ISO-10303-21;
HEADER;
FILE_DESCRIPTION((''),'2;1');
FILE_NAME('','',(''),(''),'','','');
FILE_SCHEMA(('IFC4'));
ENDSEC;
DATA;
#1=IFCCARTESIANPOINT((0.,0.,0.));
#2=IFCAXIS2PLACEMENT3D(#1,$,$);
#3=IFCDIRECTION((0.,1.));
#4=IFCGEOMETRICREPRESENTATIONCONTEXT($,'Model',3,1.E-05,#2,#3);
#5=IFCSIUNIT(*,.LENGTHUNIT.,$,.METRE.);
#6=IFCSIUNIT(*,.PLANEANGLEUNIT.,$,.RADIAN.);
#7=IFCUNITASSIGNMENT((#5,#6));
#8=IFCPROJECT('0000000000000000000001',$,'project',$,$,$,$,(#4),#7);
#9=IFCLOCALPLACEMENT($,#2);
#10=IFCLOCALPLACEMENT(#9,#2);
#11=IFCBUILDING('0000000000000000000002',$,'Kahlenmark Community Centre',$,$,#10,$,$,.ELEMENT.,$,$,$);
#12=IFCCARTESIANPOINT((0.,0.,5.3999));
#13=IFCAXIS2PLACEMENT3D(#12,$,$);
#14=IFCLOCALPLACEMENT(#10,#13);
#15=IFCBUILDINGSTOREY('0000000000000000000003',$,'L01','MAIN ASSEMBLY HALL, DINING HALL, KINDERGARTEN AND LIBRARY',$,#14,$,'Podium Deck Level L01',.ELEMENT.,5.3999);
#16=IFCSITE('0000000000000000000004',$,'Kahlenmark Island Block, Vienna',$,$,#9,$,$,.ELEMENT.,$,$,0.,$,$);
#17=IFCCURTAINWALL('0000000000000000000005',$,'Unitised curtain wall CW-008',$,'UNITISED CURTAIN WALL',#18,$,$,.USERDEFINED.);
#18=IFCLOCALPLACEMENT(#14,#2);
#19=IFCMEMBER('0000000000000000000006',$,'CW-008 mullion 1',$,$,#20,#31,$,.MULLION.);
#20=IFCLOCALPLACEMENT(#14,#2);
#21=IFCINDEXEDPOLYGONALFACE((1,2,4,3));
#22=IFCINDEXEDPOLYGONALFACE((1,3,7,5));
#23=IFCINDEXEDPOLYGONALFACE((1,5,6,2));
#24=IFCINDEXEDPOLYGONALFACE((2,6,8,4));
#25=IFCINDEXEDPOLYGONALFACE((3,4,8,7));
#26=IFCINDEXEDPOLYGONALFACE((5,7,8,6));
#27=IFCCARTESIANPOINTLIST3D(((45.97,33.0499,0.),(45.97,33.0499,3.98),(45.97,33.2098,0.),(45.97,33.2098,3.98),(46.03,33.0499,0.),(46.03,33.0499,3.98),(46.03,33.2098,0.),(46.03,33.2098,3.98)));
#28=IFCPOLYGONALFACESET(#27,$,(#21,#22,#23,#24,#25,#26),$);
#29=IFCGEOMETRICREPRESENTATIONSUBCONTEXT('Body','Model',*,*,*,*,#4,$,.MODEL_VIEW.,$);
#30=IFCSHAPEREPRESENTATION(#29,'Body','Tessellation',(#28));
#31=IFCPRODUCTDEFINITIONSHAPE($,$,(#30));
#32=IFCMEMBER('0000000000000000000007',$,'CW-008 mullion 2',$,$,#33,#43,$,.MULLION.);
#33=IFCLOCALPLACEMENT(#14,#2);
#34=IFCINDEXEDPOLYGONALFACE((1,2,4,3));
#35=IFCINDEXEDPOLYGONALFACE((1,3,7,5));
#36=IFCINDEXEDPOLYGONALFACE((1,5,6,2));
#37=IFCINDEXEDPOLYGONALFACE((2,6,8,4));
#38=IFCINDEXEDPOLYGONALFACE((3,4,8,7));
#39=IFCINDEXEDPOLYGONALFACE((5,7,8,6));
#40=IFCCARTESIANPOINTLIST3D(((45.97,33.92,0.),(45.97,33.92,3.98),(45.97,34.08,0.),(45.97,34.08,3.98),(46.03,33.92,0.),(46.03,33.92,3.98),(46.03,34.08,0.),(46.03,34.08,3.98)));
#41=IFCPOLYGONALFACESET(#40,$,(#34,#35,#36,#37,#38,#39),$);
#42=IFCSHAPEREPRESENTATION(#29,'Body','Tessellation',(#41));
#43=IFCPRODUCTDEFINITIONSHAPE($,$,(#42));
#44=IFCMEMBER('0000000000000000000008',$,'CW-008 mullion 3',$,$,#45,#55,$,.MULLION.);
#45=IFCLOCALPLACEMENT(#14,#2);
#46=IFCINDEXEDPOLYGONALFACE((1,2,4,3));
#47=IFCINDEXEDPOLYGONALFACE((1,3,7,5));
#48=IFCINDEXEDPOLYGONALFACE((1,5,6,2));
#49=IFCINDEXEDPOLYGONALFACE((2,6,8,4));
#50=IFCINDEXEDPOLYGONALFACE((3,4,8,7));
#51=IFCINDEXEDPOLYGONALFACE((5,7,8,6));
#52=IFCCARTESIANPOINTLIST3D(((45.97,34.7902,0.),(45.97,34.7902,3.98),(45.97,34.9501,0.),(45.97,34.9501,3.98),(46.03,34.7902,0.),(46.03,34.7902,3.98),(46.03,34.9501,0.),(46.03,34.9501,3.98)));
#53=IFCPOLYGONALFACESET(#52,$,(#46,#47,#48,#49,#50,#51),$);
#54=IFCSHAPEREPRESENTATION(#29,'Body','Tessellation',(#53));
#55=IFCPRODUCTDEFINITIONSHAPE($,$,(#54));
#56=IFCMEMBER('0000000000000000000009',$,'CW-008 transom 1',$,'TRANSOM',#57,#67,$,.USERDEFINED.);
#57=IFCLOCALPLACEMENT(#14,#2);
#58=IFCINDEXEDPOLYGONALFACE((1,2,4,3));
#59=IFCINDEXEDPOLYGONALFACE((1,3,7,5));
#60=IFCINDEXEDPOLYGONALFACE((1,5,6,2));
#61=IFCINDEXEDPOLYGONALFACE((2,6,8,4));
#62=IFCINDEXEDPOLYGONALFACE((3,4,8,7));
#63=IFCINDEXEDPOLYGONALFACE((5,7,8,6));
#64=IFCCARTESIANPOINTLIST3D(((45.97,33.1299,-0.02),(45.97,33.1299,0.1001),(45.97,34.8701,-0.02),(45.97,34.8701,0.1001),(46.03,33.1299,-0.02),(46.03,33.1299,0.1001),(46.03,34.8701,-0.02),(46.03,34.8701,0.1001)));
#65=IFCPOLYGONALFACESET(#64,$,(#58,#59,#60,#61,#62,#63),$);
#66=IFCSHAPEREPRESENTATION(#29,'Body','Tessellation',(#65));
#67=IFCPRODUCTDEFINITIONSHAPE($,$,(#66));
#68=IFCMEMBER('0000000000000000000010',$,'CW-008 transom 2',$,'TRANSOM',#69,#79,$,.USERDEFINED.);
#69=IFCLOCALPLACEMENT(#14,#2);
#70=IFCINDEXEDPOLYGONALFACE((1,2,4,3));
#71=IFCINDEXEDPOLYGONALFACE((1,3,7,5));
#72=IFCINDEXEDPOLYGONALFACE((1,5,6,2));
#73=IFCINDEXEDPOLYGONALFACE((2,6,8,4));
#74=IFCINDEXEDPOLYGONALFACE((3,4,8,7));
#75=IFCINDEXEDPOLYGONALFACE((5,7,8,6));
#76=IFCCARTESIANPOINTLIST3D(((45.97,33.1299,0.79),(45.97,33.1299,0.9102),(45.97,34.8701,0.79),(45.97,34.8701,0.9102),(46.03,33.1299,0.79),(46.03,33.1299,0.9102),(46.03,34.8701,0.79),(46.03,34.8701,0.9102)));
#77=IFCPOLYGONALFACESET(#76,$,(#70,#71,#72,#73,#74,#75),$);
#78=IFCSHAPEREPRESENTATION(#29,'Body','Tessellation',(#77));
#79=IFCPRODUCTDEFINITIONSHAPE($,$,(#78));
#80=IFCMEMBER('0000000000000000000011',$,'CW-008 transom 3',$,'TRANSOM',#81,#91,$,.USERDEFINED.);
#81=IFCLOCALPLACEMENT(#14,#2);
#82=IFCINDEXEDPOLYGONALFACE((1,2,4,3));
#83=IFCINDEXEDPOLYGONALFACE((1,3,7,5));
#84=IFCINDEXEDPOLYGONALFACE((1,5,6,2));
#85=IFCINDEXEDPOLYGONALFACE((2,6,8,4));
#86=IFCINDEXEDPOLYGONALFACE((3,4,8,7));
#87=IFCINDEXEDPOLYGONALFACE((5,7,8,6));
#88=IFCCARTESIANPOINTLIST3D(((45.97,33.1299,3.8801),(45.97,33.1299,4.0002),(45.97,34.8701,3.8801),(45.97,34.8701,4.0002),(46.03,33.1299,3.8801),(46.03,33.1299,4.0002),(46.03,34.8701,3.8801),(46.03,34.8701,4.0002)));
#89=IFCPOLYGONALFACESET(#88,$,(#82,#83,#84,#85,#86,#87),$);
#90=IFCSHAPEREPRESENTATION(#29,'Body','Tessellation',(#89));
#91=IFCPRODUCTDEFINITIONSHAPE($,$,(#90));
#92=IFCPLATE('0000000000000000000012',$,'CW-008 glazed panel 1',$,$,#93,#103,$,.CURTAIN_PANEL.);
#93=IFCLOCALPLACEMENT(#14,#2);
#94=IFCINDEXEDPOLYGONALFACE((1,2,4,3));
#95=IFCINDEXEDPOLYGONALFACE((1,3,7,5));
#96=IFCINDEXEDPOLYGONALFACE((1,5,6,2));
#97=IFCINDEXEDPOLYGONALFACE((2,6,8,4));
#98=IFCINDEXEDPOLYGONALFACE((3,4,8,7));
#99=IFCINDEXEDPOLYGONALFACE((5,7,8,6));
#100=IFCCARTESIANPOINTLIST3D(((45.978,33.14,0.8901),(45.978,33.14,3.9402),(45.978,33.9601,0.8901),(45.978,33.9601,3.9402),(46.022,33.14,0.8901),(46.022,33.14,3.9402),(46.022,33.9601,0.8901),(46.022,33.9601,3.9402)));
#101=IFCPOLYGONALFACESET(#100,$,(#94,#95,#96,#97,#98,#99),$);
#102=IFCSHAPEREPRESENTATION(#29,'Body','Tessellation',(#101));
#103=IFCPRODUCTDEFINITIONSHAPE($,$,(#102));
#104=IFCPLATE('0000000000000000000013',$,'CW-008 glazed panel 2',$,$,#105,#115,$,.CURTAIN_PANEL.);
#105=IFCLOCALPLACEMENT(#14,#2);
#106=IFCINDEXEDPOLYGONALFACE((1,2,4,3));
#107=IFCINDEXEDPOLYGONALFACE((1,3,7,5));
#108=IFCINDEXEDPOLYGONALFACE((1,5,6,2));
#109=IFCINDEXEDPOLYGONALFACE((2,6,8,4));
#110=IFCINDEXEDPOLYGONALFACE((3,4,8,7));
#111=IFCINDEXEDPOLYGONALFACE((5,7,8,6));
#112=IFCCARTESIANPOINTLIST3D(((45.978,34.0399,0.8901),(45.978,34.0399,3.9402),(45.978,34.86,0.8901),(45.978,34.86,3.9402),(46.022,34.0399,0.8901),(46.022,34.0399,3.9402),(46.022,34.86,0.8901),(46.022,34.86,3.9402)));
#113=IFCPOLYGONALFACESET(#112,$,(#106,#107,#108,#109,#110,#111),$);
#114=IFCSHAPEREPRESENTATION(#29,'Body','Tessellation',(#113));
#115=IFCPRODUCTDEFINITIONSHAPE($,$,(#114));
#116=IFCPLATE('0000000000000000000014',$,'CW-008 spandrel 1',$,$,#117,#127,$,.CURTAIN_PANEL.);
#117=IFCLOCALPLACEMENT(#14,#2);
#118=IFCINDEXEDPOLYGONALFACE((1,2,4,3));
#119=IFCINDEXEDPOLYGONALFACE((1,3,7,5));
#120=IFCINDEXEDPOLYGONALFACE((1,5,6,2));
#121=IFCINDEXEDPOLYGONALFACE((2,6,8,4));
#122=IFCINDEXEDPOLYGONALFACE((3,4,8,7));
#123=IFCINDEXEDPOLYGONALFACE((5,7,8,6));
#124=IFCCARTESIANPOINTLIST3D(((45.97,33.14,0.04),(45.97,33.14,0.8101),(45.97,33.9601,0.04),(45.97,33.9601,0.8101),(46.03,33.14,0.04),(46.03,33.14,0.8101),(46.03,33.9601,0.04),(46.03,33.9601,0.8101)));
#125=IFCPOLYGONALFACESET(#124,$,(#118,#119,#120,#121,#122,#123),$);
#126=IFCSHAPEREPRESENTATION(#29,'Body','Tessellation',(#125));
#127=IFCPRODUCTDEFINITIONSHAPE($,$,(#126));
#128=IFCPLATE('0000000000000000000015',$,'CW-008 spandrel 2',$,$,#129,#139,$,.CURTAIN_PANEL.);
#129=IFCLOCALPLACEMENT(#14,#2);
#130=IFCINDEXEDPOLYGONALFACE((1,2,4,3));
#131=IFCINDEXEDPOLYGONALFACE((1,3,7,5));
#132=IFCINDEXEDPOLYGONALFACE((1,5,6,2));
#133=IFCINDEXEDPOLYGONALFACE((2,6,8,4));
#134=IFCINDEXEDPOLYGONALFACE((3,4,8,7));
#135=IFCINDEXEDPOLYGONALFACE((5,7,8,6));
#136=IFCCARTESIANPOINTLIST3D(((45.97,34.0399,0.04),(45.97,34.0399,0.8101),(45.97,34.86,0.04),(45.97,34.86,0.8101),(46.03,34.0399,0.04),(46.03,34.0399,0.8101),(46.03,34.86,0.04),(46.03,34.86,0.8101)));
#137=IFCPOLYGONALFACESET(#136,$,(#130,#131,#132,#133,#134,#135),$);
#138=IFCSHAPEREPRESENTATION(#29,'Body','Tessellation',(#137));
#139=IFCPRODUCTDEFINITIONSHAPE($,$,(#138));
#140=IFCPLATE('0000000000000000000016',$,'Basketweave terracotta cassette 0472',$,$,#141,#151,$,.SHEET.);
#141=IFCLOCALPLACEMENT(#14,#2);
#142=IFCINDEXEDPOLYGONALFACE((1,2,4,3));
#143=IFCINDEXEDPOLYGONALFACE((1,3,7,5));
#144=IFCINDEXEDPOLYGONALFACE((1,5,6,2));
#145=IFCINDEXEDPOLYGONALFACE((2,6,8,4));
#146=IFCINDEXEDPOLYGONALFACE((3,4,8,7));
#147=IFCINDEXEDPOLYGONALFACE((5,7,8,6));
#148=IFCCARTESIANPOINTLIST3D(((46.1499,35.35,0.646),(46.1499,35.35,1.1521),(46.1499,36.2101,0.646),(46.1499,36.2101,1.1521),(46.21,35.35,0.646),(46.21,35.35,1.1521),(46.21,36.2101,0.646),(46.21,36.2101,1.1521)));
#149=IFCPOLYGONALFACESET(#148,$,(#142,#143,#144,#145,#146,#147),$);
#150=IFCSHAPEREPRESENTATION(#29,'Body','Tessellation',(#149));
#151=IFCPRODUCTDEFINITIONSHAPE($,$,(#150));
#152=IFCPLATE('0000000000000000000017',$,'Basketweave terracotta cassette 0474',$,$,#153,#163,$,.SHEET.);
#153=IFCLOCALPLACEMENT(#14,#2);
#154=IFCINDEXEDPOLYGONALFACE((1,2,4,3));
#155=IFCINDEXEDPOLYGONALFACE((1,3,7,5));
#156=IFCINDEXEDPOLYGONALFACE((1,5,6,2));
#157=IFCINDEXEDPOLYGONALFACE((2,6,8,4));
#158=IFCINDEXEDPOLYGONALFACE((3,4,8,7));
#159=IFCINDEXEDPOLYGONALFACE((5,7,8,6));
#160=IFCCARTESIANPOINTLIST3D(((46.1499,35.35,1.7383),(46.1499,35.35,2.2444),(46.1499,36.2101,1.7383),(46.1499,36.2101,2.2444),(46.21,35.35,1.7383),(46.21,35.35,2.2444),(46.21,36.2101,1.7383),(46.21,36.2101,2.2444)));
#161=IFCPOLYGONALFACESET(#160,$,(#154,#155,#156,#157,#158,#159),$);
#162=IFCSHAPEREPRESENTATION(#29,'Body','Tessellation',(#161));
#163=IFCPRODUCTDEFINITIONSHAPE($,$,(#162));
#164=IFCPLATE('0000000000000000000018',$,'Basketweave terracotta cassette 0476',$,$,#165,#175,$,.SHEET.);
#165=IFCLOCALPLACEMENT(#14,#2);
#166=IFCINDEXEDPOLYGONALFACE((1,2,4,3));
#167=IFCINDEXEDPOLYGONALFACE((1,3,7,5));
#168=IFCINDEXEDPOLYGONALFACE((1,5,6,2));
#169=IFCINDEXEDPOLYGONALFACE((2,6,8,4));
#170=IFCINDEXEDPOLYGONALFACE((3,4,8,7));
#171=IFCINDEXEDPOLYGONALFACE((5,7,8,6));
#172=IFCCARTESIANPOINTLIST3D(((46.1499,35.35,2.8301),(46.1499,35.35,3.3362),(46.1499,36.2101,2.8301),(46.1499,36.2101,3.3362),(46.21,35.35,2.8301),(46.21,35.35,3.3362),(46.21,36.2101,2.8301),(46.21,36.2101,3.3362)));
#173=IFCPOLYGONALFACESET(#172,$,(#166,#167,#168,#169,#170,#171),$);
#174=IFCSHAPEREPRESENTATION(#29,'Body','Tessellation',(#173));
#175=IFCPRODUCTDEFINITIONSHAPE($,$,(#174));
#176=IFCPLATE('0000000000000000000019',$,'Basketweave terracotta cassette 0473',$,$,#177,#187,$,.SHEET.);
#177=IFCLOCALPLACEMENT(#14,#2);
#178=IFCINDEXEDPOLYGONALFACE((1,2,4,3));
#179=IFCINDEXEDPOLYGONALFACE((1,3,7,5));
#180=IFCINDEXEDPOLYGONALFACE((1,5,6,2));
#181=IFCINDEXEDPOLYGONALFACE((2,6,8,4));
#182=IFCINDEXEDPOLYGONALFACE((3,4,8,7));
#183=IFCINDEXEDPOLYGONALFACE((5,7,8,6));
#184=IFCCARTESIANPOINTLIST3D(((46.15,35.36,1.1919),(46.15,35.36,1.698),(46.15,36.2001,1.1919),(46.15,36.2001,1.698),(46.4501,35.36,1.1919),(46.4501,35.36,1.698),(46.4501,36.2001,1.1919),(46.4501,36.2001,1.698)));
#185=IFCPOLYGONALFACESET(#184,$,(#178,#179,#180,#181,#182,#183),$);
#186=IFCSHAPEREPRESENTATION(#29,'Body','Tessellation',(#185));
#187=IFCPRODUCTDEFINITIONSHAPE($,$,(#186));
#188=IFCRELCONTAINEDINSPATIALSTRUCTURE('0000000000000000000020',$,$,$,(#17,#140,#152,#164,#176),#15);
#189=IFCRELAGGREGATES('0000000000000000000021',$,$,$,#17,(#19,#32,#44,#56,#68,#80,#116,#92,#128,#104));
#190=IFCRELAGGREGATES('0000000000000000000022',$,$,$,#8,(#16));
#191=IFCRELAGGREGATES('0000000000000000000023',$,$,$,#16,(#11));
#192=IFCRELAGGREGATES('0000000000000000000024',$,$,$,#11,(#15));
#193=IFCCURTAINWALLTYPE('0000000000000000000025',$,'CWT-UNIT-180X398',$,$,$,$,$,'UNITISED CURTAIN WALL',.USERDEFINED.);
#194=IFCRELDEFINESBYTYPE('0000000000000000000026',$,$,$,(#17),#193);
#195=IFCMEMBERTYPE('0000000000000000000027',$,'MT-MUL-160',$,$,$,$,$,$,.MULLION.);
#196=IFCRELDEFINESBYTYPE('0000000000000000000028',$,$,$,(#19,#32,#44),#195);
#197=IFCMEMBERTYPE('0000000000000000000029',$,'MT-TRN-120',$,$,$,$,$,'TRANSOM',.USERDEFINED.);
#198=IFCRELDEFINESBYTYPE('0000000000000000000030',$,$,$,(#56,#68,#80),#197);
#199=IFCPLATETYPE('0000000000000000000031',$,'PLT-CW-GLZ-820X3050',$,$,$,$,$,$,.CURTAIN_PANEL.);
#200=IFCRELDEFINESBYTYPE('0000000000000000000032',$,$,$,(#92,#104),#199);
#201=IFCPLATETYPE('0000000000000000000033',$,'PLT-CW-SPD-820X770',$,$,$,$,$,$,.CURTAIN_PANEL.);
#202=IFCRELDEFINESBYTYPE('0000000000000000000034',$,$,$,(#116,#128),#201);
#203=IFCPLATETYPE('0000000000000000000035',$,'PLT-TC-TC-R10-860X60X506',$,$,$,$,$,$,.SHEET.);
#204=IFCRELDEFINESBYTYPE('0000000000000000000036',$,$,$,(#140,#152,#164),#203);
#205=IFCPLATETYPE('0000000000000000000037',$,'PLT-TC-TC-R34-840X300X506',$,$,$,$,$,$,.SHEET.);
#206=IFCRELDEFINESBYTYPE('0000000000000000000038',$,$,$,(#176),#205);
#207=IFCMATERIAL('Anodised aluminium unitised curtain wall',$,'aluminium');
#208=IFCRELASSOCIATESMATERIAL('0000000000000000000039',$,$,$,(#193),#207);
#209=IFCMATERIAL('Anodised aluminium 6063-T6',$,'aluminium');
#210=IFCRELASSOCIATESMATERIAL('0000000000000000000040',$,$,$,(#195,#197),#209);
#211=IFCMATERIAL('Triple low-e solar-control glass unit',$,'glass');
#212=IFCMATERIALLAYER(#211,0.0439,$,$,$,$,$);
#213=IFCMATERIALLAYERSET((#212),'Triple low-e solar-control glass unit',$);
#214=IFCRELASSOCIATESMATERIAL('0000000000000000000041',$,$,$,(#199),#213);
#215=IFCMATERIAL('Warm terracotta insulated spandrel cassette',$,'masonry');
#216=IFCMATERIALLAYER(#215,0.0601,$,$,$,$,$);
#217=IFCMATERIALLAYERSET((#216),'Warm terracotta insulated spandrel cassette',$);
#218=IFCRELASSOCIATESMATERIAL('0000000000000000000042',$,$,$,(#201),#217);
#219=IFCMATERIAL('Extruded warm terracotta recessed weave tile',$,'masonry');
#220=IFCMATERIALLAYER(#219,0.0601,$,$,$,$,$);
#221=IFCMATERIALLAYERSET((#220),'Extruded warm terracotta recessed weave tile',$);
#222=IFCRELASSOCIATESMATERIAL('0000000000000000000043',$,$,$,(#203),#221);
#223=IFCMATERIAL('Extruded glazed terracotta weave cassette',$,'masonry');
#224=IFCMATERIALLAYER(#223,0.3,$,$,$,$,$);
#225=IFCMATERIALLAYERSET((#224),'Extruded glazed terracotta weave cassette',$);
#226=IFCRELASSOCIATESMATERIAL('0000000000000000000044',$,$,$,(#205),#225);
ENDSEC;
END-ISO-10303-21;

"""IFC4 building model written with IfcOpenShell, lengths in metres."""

from ifc_helpers import new_model, si_unit, direction, frame, origin, origin_2d, place, context, subcontext, project, spatial, rectangle, extrude, material, layer, layer_set, material_profile, profile_set, type_object, element, aggregate, save


model = new_model("IFC4")

# Units and contexts
model_context = context("Model", 3, precision=1e-05, world=origin(), true_north=direction((0.0, 1.0)))
body_context = subcontext(model_context, "Body", "Model", "MODEL_VIEW")
ifc_project = project(units=[si_unit("LENGTHUNIT", "METRE"), si_unit("PLANEANGLEUNIT", "RADIAN")], contexts=[model_context])

# Site, building, storey
site_placement = place(None, origin())
site = spatial("IfcSite", under=ifc_project, at=site_placement, Name="Kahlenmark Island Block, Vienna", CompositionType="ELEMENT", RefElevation=0.0)
building_placement = place(site_placement, origin())
building = spatial("IfcBuilding", under=site, at=building_placement, Name="Kahlenmark Community Centre", CompositionType="ELEMENT")
storey_placement = place(building_placement, frame((0.0, 0.0, 5.3999)))
storey = spatial("IfcBuildingStorey", under=building, at=storey_placement, Name="L01", Description="MAIN ASSEMBLY HALL, DINING HALL, KINDERGARTEN AND LIBRARY", LongName="Podium Deck Level L01", CompositionType="ELEMENT", Elevation=5.3999)

# Curtain wall, members, plates
ifc_material_1 = material(Name="Anodised aluminium unitised curtain wall", Category="aluminium")
curtain_wall_type = type_object("IfcCurtainWallType", Name="CWT-UNIT-180X398", ElementType="UNITISED CURTAIN WALL", PredefinedType="USERDEFINED", material=ifc_material_1)
curtain_wall_placement = place(storey_placement, origin())
curtain_wall = element("IfcCurtainWall", 1, at=curtain_wall_placement, inside=storey, type_object=curtain_wall_type, Name="Unitised curtain wall CW-008", ObjectType="UNITISED CURTAIN WALL", PredefinedType="USERDEFINED")
ifc_material_2 = material(Name="Anodised aluminium 6063-T6", Category="aluminium")
ifc_material_profile_1 = material_profile(ifc_material_2, rectangle(XDim=0.0601, YDim=0.1599, at=origin_2d()), Name="ALU MULLION 60x160")
ifc_profile_set_1 = profile_set([ifc_material_profile_1], Name="Anodised aluminium 6063-T6")
member_type_1 = type_object("IfcMemberType", Name="MT-MUL-160", PredefinedType="MULLION", material=ifc_profile_set_1)
member_1_placement = place(storey_placement, frame((46.0, 33.1299, 0.0), z_axis=(0.0, 0.0, 1.0), x_axis=(-1.0, 0.0, 0.0)))
member_1 = element("IfcMember", 2, at=member_1_placement, type_object=member_type_1, Name="CW-008 mullion 1", PredefinedType="MULLION", context=body_context, shape_type="SweptSolid", body=[
    extrude(rectangle(XDim=0.0601, YDim=0.1599, at=origin_2d()), origin(), (0.0, 0.0, 1.0), 3.98),
])
member_2_placement = place(storey_placement, frame((46.0, 34.0, 0.0), z_axis=(0.0, 0.0, 1.0), x_axis=(-1.0, 0.0, 0.0)))
member_2 = element("IfcMember", 3, at=member_2_placement, type_object=member_type_1, Name="CW-008 mullion 2", PredefinedType="MULLION", context=body_context, shape_type="SweptSolid", body=[
    extrude(rectangle(XDim=0.0601, YDim=0.1599, at=origin_2d()), origin(), (0.0, 0.0, 1.0), 3.98),
])
member_3_placement = place(storey_placement, frame((46.0, 34.8701, 0.0), z_axis=(0.0, 0.0, 1.0), x_axis=(-1.0, 0.0, 0.0)))
member_3 = element("IfcMember", 4, at=member_3_placement, type_object=member_type_1, Name="CW-008 mullion 3", PredefinedType="MULLION", context=body_context, shape_type="SweptSolid", body=[
    extrude(rectangle(XDim=0.0601, YDim=0.1599, at=origin_2d()), origin(), (0.0, 0.0, 1.0), 3.98),
])
ifc_material_profile_2 = material_profile(ifc_material_2, rectangle(XDim=0.0601, YDim=0.1201, at=origin_2d()), Name="ALU TRANSOM 60x120")
ifc_profile_set_2 = profile_set([ifc_material_profile_2], Name="Anodised aluminium 6063-T6")
member_type_2 = type_object("IfcMemberType", Name="MT-TRN-120", ElementType="TRANSOM", PredefinedType="USERDEFINED", material=ifc_profile_set_2)
member_4_placement = place(storey_placement, frame((46.0, 33.1299, 0.04), z_axis=(0.0, 1.0, 0.0), x_axis=(-1.0, 0.0, 0.0)))
member_4 = element("IfcMember", 5, at=member_4_placement, type_object=member_type_2, Name="CW-008 transom 1", ObjectType="TRANSOM", PredefinedType="USERDEFINED", context=body_context, shape_type="SweptSolid", body=[
    extrude(rectangle(XDim=0.0601, YDim=0.1201, at=origin_2d()), origin(), (0.0, 0.0, 1.0), 1.7402),
])
member_5_placement = place(storey_placement, frame((46.0, 33.1299, 0.8501), z_axis=(0.0, 1.0, 0.0), x_axis=(-1.0, 0.0, 0.0)))
member_5 = element("IfcMember", 6, at=member_5_placement, type_object=member_type_2, Name="CW-008 transom 2", ObjectType="TRANSOM", PredefinedType="USERDEFINED", context=body_context, shape_type="SweptSolid", body=[
    extrude(rectangle(XDim=0.0601, YDim=0.1201, at=origin_2d()), origin(), (0.0, 0.0, 1.0), 1.7402),
])
member_6_placement = place(storey_placement, frame((46.0, 33.1299, 3.9402), z_axis=(0.0, 1.0, 0.0), x_axis=(-1.0, 0.0, 0.0)))
member_6 = element("IfcMember", 7, at=member_6_placement, type_object=member_type_2, Name="CW-008 transom 3", ObjectType="TRANSOM", PredefinedType="USERDEFINED", context=body_context, shape_type="SweptSolid", body=[
    extrude(rectangle(XDim=0.0601, YDim=0.1201, at=origin_2d()), origin(), (0.0, 0.0, 1.0), 1.7402),
])
ifc_material_3 = material(Name="Triple low-e solar-control glass unit", Category="glass")
ifc_layer_1 = layer(ifc_material_3, 0.0439)
ifc_layer_set_1 = layer_set([ifc_layer_1], Name="Triple low-e solar-control glass unit")
plate_type_1 = type_object("IfcPlateType", Name="PLT-CW-GLZ-820X3050", PredefinedType="CURTAIN_PANEL", material=ifc_layer_set_1)
plate_1_placement = place(storey_placement, frame((46.0, 33.55, 0.8901), z_axis=(0.0, 0.0, 1.0), x_axis=(0.0, 1.0, 0.0)))
plate_1 = element("IfcPlate", 8, at=plate_1_placement, type_object=plate_type_1, Name="CW-008 glazed panel 1", PredefinedType="CURTAIN_PANEL", context=body_context, shape_type="SweptSolid", body=[
    extrude(rectangle(XDim=0.8201, YDim=0.0439, at=origin_2d()), origin(), (0.0, 0.0, 1.0), 3.05),
])
plate_2_placement = place(storey_placement, frame((46.0, 34.45, 0.8901), z_axis=(0.0, 0.0, 1.0), x_axis=(0.0, 1.0, 0.0)))
plate_2 = element("IfcPlate", 9, at=plate_2_placement, type_object=plate_type_1, Name="CW-008 glazed panel 2", PredefinedType="CURTAIN_PANEL", context=body_context, shape_type="SweptSolid", body=[
    extrude(rectangle(XDim=0.8201, YDim=0.0439, at=origin_2d()), origin(), (0.0, 0.0, 1.0), 3.05),
])
ifc_material_4 = material(Name="Warm terracotta insulated spandrel cassette", Category="masonry")
ifc_layer_2 = layer(ifc_material_4, 0.0601)
ifc_layer_set_2 = layer_set([ifc_layer_2], Name="Warm terracotta insulated spandrel cassette")
plate_type_2 = type_object("IfcPlateType", Name="PLT-CW-SPD-820X770", PredefinedType="CURTAIN_PANEL", material=ifc_layer_set_2)
plate_3_placement = place(storey_placement, frame((46.0, 33.55, 0.04), z_axis=(0.0, 0.0, 1.0), x_axis=(0.0, 1.0, 0.0)))
plate_3 = element("IfcPlate", 10, at=plate_3_placement, type_object=plate_type_2, Name="CW-008 spandrel 1", PredefinedType="CURTAIN_PANEL", context=body_context, shape_type="SweptSolid", body=[
    extrude(rectangle(XDim=0.8201, YDim=0.0601, at=origin_2d()), origin(), (0.0, 0.0, 1.0), 0.77),
])
plate_4_placement = place(storey_placement, frame((46.0, 34.45, 0.04), z_axis=(0.0, 0.0, 1.0), x_axis=(0.0, 1.0, 0.0)))
plate_4 = element("IfcPlate", 11, at=plate_4_placement, type_object=plate_type_2, Name="CW-008 spandrel 2", PredefinedType="CURTAIN_PANEL", context=body_context, shape_type="SweptSolid", body=[
    extrude(rectangle(XDim=0.8201, YDim=0.0601, at=origin_2d()), origin(), (0.0, 0.0, 1.0), 0.77),
])
aggregate(curtain_wall, [member_1, member_2, member_3, member_4, member_5, member_6, plate_3, plate_1, plate_4, plate_2])

# Plates
ifc_material_5 = material(Name="Extruded warm terracotta recessed weave tile", Category="masonry")
ifc_layer_3 = layer(ifc_material_5, 0.0601)
ifc_layer_set_3 = layer_set([ifc_layer_3], Name="Extruded warm terracotta recessed weave tile")
plate_type_3 = type_object("IfcPlateType", Name="PLT-TC-TC-R10-860X60X506", PredefinedType="SHEET", material=ifc_layer_set_3)
for number, where, z_axis, x_axis, name in (
    (12, (46.1799, 35.78, 0.646), (0.0, 0.0, 1.0), (0.0, 1.0, 0.0), "Basketweave terracotta cassette 0472"),
    (13, (46.1799, 35.78, 1.7383), (0.0, 0.0, 1.0), (0.0, 1.0, 0.0), "Basketweave terracotta cassette 0474"),
    (14, (46.1799, 35.78, 2.8301), (0.0, 0.0, 1.0), (0.0, 1.0, 0.0), "Basketweave terracotta cassette 0476"),
):
    element("IfcPlate", number, at=place(storey_placement, frame(where, z_axis=z_axis, x_axis=x_axis)), inside=storey, type_object=plate_type_3, Name=name, PredefinedType="SHEET", context=body_context, shape_type="SweptSolid", body=[
        extrude(rectangle(XDim=0.8601, YDim=0.0601, at=origin_2d()), origin(), (0.0, 0.0, 1.0), 0.5061),
    ])
ifc_material_6 = material(Name="Extruded glazed terracotta weave cassette", Category="masonry")
ifc_layer_4 = layer(ifc_material_6, 0.3)
ifc_layer_set_4 = layer_set([ifc_layer_4], Name="Extruded glazed terracotta weave cassette")
plate_type_4 = type_object("IfcPlateType", Name="PLT-TC-TC-R34-840X300X506", PredefinedType="SHEET", material=ifc_layer_set_4)
plate_5_placement = place(storey_placement, frame((46.3, 35.78, 1.1919), z_axis=(0.0, 0.0, 1.0), x_axis=(0.0, 1.0, 0.0)))
element("IfcPlate", 15, at=plate_5_placement, inside=storey, type_object=plate_type_4, Name="Basketweave terracotta cassette 0473", PredefinedType="SHEET", context=body_context, shape_type="SweptSolid", body=[
    extrude(rectangle(XDim=0.8401, YDim=0.3, at=origin_2d()), origin(), (0.0, 0.0, 1.0), 0.5061),
])

save(model, "model.ifc")
